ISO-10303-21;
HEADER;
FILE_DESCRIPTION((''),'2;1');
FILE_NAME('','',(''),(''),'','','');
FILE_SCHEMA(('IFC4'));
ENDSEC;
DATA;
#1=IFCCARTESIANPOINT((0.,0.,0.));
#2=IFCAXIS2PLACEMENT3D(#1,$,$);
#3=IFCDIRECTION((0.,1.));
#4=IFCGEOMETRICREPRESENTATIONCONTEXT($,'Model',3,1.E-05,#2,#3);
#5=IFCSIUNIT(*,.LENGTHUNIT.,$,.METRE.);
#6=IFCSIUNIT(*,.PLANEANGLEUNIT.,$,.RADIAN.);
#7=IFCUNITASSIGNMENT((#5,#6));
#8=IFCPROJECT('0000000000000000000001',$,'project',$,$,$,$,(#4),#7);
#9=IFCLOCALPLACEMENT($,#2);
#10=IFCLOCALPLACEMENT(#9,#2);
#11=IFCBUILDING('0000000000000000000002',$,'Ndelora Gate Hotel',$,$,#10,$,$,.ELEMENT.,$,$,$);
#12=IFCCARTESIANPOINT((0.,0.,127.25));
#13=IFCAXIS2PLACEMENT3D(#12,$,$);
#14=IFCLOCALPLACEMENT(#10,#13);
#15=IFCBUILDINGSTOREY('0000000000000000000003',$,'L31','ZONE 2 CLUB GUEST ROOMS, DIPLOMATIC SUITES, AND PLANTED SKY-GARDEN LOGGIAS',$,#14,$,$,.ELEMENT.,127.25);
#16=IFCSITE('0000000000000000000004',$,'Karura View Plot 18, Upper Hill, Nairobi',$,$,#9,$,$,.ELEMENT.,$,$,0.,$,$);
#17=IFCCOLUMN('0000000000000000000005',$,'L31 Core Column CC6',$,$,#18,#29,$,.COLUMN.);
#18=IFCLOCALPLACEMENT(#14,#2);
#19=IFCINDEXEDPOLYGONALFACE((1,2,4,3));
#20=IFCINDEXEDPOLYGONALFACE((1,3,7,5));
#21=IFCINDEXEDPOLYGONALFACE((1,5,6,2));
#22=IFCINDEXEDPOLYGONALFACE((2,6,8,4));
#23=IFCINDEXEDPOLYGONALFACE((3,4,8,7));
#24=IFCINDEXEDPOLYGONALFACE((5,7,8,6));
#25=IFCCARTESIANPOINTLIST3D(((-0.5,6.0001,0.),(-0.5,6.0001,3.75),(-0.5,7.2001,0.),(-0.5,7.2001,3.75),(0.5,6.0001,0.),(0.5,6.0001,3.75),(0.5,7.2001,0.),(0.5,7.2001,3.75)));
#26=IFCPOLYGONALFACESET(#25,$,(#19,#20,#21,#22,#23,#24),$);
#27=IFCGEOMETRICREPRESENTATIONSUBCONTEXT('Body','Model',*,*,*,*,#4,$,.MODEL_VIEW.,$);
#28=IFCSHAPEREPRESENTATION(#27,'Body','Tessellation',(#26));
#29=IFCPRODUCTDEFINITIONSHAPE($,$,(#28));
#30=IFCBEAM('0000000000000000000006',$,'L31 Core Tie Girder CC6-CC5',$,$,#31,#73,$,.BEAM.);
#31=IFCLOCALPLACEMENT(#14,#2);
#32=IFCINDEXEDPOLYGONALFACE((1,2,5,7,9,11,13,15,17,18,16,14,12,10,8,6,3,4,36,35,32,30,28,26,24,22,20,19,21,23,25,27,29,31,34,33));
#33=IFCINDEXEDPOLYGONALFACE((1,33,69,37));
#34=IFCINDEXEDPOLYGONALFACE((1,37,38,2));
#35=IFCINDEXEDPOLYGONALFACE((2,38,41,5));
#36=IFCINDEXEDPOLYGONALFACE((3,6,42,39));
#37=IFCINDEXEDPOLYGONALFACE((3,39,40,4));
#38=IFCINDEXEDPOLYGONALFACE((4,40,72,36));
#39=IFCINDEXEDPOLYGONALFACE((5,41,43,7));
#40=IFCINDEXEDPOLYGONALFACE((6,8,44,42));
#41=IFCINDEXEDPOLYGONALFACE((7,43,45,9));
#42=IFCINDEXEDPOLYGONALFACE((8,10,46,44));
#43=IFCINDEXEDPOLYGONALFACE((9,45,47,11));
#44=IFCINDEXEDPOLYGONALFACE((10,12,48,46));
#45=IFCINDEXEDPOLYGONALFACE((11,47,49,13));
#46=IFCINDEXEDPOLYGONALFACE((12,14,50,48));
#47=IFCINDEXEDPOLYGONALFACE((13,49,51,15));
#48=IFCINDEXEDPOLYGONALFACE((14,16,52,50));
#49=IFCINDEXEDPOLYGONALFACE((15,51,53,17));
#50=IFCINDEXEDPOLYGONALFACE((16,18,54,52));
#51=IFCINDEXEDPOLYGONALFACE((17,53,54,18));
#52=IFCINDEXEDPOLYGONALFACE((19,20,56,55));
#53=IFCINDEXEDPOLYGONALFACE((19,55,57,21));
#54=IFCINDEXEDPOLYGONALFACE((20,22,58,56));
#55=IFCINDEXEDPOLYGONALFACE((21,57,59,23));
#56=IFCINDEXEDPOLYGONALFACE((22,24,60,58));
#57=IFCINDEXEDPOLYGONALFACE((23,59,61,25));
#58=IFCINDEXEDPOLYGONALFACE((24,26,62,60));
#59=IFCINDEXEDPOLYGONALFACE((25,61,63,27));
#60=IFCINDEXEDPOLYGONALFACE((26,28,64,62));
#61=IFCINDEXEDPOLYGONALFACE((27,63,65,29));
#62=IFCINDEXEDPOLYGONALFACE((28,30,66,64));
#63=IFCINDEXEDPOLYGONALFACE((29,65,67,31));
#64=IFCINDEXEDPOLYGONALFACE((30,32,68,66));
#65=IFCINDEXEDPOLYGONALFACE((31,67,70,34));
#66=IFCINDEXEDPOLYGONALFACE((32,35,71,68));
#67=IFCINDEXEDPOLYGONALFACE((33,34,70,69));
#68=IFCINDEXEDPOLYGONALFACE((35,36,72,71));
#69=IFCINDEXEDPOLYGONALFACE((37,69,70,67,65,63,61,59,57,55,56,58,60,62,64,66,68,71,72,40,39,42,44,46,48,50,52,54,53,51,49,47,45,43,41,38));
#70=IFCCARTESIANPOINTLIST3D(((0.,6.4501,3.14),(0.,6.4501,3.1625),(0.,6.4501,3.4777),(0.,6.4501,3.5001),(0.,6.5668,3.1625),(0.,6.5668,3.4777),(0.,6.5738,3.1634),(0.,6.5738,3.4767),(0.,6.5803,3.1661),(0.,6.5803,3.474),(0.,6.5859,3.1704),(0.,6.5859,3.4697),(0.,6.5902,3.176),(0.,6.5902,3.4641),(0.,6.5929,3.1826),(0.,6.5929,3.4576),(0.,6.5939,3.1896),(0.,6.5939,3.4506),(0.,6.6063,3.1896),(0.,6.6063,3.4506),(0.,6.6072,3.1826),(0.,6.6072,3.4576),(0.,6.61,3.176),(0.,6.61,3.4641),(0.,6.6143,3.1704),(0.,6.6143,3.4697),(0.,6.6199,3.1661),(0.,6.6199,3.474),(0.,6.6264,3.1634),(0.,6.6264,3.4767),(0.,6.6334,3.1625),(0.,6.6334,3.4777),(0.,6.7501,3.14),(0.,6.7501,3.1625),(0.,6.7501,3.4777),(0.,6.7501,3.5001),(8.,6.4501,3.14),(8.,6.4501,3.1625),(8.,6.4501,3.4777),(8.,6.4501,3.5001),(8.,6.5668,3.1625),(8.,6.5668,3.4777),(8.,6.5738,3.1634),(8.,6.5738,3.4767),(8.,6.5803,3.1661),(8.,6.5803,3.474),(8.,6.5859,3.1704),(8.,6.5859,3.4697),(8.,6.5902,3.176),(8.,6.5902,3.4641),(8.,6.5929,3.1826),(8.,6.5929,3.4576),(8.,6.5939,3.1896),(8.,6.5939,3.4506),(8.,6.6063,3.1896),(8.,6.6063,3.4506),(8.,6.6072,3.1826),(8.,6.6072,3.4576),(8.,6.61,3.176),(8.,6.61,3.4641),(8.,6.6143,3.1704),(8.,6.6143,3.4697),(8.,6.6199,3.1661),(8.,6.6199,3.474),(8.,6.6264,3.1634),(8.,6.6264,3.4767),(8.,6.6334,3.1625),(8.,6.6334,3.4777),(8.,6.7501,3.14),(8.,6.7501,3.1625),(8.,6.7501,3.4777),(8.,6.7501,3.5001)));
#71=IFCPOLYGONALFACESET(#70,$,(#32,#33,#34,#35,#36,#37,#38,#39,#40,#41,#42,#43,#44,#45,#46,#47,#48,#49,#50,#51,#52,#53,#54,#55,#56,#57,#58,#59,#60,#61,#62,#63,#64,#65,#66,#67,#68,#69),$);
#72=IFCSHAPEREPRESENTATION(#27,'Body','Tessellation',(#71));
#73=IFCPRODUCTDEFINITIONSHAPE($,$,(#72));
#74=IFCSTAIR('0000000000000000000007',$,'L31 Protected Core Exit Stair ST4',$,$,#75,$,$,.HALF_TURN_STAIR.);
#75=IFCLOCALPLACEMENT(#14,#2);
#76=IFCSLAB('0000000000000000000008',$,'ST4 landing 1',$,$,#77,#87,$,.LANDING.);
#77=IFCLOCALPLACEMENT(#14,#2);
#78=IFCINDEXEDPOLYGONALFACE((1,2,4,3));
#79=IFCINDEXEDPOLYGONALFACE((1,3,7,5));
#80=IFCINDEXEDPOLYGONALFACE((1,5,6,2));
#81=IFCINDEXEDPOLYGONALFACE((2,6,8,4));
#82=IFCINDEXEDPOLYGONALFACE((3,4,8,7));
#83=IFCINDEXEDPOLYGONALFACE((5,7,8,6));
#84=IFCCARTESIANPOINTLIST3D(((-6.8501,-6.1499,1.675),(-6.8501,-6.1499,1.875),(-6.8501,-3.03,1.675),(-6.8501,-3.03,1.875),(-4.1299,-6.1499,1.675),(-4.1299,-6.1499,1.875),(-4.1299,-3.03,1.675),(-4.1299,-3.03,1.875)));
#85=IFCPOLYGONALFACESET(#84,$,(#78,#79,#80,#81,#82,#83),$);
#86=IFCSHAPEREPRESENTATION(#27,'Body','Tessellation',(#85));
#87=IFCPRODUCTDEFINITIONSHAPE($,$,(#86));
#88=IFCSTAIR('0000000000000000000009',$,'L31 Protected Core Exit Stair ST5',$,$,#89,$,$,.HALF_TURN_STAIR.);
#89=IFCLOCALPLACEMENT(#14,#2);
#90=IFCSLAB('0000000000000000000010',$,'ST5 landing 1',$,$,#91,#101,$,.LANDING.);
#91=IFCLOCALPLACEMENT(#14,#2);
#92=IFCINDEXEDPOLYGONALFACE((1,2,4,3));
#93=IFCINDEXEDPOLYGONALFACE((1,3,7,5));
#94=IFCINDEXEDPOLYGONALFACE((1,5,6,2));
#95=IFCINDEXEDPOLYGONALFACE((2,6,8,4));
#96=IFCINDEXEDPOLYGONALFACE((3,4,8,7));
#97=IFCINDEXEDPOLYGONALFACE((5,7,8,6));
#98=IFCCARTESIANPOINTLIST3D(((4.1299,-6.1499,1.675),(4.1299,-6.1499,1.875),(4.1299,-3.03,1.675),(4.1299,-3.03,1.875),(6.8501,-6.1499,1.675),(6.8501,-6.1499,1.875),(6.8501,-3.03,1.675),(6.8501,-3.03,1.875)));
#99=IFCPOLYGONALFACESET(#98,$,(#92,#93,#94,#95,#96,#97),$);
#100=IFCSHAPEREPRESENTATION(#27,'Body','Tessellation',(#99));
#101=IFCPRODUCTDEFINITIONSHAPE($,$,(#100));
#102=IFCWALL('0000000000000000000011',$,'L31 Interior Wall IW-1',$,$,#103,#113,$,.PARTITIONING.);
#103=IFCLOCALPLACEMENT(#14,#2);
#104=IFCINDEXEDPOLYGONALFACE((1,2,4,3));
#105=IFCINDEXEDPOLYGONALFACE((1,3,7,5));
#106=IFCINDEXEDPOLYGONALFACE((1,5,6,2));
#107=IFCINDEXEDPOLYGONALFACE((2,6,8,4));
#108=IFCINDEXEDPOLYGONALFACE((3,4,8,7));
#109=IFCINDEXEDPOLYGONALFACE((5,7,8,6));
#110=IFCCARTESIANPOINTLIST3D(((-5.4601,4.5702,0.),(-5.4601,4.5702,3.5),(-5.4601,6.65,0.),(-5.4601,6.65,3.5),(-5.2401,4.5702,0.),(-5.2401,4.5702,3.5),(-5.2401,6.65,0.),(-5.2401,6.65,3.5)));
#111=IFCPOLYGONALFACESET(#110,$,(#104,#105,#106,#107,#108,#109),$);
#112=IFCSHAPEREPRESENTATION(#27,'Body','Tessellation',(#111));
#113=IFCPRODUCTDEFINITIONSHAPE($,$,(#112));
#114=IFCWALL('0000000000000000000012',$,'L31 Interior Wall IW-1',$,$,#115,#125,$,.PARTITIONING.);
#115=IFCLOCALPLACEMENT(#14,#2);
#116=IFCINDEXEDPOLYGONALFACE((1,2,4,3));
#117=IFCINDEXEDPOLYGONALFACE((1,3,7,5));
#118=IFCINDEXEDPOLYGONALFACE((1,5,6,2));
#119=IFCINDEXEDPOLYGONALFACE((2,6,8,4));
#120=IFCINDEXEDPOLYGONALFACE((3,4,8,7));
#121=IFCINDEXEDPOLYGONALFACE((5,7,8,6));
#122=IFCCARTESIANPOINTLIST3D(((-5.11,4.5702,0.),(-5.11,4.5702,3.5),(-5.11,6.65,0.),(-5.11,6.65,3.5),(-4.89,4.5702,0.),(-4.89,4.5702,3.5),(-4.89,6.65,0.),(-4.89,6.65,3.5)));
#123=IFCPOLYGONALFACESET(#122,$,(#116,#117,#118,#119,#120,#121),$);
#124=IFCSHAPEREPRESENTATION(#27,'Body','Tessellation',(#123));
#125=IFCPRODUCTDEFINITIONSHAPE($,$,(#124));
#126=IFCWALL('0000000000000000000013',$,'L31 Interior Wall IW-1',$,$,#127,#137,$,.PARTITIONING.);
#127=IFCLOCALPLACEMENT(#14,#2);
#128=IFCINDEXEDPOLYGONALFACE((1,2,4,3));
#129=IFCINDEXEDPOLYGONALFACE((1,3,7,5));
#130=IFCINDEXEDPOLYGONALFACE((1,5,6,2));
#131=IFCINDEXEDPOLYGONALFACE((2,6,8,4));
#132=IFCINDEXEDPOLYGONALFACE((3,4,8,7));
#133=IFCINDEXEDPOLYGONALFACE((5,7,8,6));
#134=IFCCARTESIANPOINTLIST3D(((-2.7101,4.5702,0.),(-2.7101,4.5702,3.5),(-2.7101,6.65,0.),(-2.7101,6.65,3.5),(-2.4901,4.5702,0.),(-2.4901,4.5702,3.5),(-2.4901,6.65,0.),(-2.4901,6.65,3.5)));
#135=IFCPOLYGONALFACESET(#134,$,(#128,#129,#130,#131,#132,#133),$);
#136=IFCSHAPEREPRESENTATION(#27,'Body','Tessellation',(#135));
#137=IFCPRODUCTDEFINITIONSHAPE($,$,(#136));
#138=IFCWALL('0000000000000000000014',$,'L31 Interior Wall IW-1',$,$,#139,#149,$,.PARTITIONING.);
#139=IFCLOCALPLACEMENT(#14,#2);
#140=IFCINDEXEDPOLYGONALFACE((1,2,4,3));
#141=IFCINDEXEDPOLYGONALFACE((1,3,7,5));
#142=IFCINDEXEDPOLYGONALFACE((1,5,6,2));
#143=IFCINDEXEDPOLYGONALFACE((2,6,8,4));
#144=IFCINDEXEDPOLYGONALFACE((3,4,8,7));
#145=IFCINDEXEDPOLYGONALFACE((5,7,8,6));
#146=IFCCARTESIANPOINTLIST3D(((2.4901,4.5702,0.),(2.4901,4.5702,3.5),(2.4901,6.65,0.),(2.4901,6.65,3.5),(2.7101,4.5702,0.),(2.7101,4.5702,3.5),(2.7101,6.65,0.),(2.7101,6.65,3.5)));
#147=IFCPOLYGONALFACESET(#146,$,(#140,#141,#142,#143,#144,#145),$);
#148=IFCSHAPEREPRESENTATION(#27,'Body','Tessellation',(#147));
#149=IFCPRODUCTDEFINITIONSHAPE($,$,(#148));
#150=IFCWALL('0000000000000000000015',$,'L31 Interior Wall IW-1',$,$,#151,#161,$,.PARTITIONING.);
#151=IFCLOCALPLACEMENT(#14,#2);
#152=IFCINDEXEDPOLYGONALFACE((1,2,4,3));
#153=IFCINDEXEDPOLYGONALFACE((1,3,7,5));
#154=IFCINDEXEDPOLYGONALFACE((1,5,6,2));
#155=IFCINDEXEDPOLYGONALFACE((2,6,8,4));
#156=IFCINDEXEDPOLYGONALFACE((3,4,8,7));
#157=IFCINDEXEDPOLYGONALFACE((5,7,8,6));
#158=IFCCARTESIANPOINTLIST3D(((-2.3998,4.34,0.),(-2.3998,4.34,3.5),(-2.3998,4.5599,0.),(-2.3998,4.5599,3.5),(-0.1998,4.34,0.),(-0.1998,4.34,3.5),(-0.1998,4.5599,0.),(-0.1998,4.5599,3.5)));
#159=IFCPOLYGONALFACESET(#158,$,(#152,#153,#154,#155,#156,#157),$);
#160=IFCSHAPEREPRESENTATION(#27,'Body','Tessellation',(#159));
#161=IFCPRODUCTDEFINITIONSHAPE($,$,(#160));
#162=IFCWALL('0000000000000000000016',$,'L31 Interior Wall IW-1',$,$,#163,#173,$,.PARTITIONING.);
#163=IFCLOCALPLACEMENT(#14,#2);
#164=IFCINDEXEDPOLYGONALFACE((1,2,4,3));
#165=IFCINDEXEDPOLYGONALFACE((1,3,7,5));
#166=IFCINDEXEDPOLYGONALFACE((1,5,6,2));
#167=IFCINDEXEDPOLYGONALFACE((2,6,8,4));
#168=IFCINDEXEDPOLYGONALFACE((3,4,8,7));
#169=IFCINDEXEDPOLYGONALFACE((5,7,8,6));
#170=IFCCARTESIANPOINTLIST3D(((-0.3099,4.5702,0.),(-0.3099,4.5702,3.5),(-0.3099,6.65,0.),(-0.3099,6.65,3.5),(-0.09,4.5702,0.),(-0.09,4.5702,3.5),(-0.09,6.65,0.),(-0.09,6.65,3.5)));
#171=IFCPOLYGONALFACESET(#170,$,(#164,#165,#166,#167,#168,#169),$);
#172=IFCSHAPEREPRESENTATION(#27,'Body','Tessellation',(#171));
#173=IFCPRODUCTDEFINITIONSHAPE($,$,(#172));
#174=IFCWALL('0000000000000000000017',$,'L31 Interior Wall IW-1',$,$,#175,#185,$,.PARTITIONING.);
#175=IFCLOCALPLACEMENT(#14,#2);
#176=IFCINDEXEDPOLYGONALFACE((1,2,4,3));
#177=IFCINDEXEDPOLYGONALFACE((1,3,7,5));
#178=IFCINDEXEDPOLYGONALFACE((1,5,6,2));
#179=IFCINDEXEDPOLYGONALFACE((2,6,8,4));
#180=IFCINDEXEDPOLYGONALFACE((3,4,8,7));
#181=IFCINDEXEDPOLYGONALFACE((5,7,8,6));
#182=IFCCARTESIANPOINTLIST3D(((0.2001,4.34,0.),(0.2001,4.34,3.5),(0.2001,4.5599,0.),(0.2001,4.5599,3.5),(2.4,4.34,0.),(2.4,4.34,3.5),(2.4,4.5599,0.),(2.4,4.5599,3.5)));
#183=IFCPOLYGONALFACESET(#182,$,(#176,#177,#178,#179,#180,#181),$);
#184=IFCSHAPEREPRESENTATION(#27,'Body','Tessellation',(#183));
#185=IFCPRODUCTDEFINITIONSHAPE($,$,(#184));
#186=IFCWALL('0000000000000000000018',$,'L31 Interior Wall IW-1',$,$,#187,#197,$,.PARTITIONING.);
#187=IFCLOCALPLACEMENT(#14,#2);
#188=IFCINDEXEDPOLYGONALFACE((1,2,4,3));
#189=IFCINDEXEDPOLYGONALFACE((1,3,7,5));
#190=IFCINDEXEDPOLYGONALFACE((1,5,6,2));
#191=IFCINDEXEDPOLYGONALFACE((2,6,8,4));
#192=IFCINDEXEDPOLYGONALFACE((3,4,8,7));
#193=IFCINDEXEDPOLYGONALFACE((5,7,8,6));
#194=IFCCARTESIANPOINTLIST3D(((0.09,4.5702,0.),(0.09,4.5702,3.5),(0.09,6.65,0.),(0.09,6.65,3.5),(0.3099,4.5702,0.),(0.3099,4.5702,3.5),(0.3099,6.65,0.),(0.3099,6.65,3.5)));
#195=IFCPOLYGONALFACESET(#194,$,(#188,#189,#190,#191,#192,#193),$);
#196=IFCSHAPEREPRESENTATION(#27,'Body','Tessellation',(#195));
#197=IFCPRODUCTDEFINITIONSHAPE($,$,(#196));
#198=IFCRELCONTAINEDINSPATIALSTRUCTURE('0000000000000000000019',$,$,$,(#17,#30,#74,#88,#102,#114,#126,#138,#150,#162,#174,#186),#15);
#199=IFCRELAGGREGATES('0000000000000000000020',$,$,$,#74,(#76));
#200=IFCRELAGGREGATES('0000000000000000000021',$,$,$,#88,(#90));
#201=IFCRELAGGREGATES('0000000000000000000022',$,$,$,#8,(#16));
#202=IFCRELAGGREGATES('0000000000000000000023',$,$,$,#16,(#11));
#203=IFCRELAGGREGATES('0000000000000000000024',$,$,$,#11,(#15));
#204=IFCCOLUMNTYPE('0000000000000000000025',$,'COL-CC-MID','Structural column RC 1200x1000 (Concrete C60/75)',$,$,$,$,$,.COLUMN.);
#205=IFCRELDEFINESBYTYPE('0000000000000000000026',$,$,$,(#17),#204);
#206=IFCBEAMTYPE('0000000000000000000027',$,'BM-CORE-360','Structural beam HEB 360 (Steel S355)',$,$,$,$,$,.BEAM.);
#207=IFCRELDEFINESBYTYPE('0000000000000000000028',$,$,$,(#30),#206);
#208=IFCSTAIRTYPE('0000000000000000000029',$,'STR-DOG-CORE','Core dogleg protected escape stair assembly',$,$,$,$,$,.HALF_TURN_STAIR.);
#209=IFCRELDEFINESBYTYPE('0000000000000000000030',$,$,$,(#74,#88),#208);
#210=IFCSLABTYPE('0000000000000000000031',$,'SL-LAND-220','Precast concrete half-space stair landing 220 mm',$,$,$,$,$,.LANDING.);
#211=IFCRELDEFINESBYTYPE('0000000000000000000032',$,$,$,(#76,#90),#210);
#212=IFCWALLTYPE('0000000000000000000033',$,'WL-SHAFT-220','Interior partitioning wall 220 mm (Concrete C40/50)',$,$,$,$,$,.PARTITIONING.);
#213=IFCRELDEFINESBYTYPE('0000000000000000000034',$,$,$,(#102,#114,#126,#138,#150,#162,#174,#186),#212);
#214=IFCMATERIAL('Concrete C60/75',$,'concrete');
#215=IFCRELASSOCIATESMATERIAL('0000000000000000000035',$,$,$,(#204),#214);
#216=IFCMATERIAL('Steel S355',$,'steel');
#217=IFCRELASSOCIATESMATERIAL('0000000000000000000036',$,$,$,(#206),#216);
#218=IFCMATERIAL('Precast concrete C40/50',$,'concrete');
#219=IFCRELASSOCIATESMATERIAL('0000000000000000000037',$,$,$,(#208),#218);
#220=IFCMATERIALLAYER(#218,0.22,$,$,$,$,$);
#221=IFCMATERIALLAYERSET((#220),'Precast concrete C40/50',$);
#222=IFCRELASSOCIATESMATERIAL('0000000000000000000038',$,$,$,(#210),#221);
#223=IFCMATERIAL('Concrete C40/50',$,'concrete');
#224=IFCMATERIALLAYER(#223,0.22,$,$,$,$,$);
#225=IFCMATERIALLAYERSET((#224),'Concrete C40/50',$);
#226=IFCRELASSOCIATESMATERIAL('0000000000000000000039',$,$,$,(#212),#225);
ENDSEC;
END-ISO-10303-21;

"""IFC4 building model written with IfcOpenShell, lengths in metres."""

from ifc_helpers import new_model, si_unit, direction, frame, frame_2d, origin, origin_2d, place, context, subcontext, project, spatial, polyline, rectangle, i_section, outline, extrude, material, layer, layer_set, material_profile, profile_set, type_object, element, aggregate, save


model = new_model("IFC4")

# Units and contexts
model_context = context("Model", 3, precision=1e-05, world=origin(), true_north=direction((0.0, 1.0)))
body_context = subcontext(model_context, "Body", "Model", "MODEL_VIEW")
ifc_project = project(units=[si_unit("LENGTHUNIT", "METRE"), si_unit("PLANEANGLEUNIT", "RADIAN")], contexts=[model_context])

# Site, building, storey
site_placement = place(None, origin())
site = spatial("IfcSite", under=ifc_project, at=site_placement, Name="Karura View Plot 18, Upper Hill, Nairobi", CompositionType="ELEMENT", RefElevation=0.0)
building_placement = place(site_placement, origin())
building = spatial("IfcBuilding", under=site, at=building_placement, Name="Ndelora Gate Hotel", CompositionType="ELEMENT")
storey_placement = place(building_placement, frame((0.0, 0.0, 127.25)))
storey = spatial("IfcBuildingStorey", under=building, at=storey_placement, Name="L31", Description="ZONE 2 CLUB GUEST ROOMS, DIPLOMATIC SUITES, AND PLANTED SKY-GARDEN LOGGIAS", CompositionType="ELEMENT", Elevation=127.25)

# Column
ifc_material_1 = material(Name="Concrete C60/75", Category="concrete")
ifc_material_profile_1 = material_profile(ifc_material_1, rectangle(XDim=1.0, YDim=1.2, at=origin_2d()), Name="RC 1200x1000")
ifc_profile_set_1 = profile_set([ifc_material_profile_1], Name="Concrete C60/75")
column_type = type_object("IfcColumnType", Name="COL-CC-MID", Description="Structural column RC 1200x1000 (Concrete C60/75)", PredefinedType="COLUMN", material=ifc_profile_set_1)
column_placement = place(storey_placement, frame((0.0, 6.6001, 0.0), z_axis=(0.0, 0.0, 1.0), x_axis=(1.0, 0.0, 0.0)))
element("IfcColumn", 1, at=column_placement, inside=storey, type_object=column_type, Name="L31 Core Column CC6", PredefinedType="COLUMN", context=body_context, shape_type="SweptSolid", body=[
    extrude(rectangle(XDim=1.0, YDim=1.2, at=origin_2d()), origin(), (0.0, 0.0, 1.0), 3.75),
])

# Beam
ifc_material_2 = material(Name="Steel S355", Category="steel")
ifc_material_profile_2 = material_profile(ifc_material_2, i_section(OverallWidth=0.3, OverallDepth=0.3601, WebThickness=0.0125, FlangeThickness=0.0225, FilletRadius=0.0271, at=origin_2d()), Name="HEB 360")
ifc_profile_set_2 = profile_set([ifc_material_profile_2], Name="Steel S355")
beam_type = type_object("IfcBeamType", Name="BM-CORE-360", Description="Structural beam HEB 360 (Steel S355)", PredefinedType="BEAM", material=ifc_profile_set_2)
beam_placement = place(storey_placement, frame((0.0, 6.6001, 3.3201), z_axis=(1.0, 0.0, 0.0), x_axis=(0.0, 1.0, 0.0)))
element("IfcBeam", 2, at=beam_placement, inside=storey, type_object=beam_type, Name="L31 Core Tie Girder CC6-CC5", PredefinedType="BEAM", context=body_context, shape_type="SweptSolid", body=[
    extrude(i_section(OverallWidth=0.3, OverallDepth=0.3601, WebThickness=0.0125, FlangeThickness=0.0225, FilletRadius=0.0271, at=origin_2d()), origin(), (0.0, 0.0, 1.0), 8.0),
])

# Stairs, slabs
ifc_material_3 = material(Name="Precast concrete C40/50", Category="concrete")
stair_type = type_object("IfcStairType", Name="STR-DOG-CORE", Description="Core dogleg protected escape stair assembly", PredefinedType="HALF_TURN_STAIR", material=ifc_material_3)
stair_1_placement = place(storey_placement, origin())
stair_1 = element("IfcStair", 3, at=stair_1_placement, inside=storey, type_object=stair_type, Name="L31 Protected Core Exit Stair ST4", PredefinedType="HALF_TURN_STAIR")
ifc_layer_1 = layer(ifc_material_3, 0.22)
ifc_layer_set_1 = layer_set([ifc_layer_1], Name="Precast concrete C40/50")
slab_type = type_object("IfcSlabType", Name="SL-LAND-220", Description="Precast concrete half-space stair landing 220 mm", PredefinedType="LANDING", material=ifc_layer_set_1)
slab_1_placement = place(storey_placement, frame((0.0, 0.0, 1.675)))
slab_1 = element("IfcSlab", 4, at=slab_1_placement, type_object=slab_type, Name="ST4 landing 1", PredefinedType="LANDING", context=body_context, shape_type="SweptSolid", body=[
    extrude(outline(polyline([(-6.8501, -3.03), (-6.8501, -6.1499), (-4.1299, -6.1499), (-4.1299, -3.03), (-6.8501, -3.03)])), origin(), (0.0, 0.0, 1.0), 0.2),
])
aggregate(stair_1, [slab_1])
stair_2_placement = place(storey_placement, origin())
stair_2 = element("IfcStair", 5, at=stair_2_placement, inside=storey, type_object=stair_type, Name="L31 Protected Core Exit Stair ST5", PredefinedType="HALF_TURN_STAIR")
slab_2_placement = place(storey_placement, frame((0.0, 0.0, 1.675)))
slab_2 = element("IfcSlab", 6, at=slab_2_placement, type_object=slab_type, Name="ST5 landing 1", PredefinedType="LANDING", context=body_context, shape_type="SweptSolid", body=[
    extrude(outline(polyline([(4.1299, -3.03), (4.1299, -6.1499), (6.8501, -6.1499), (6.8501, -3.03), (4.1299, -3.03)])), origin(), (0.0, 0.0, 1.0), 0.2),
])
aggregate(stair_2, [slab_2])

# Shared definitions
ifc_material_4 = material(Name="Concrete C40/50", Category="concrete")

# Wall
ifc_layer_2 = layer(ifc_material_4, 0.22)
ifc_layer_set_2 = layer_set([ifc_layer_2], Name="Concrete C40/50")
wall_type_1 = type_object("IfcWallType", Name="WL-SHAFT-220", Description="Interior partitioning wall 220 mm (Concrete C40/50)", PredefinedType="PARTITIONING", material=ifc_layer_set_2)
wall_1_placement = place(storey_placement, frame((-5.3501, 4.5701, 0.0), z_axis=(0.0, 0.0, 1.0), x_axis=(0.0, 1.0, 0.0)))
element("IfcWall", 7, at=wall_1_placement, inside=storey, type_object=wall_type_1, Name="L31 Interior Wall IW-1", PredefinedType="PARTITIONING", context=body_context, shape_type="SweptSolid", body=[
    extrude(rectangle(XDim=2.0798, YDim=0.22, at=frame_2d((1.04, 0.0))), origin(), (0.0, 0.0, 1.0), 3.5),
])

# Walls
for number, where, z_axis, x_axis, name in (
    (8, (-5.0, 4.5701, 0.0), (0.0, 0.0, 1.0), (0.0, 1.0, 0.0), "L31 Interior Wall IW-1"),
    (9, (-2.6001, 4.5701, 0.0), (0.0, 0.0, 1.0), (0.0, 1.0, 0.0), "L31 Interior Wall IW-1"),
):
    element("IfcWall", number, at=place(storey_placement, frame(where, z_axis=z_axis, x_axis=x_axis)), inside=storey, type_object=wall_type_1, Name=name, PredefinedType="PARTITIONING", context=body_context, shape_type="SweptSolid", body=[
        extrude(rectangle(XDim=2.0798, YDim=0.22, at=frame_2d((1.04, 0.0))), origin(), (0.0, 0.0, 1.0), 3.5),
    ])

# Walls
wall_2_placement = place(storey_placement, frame((2.6001, 4.5701, 0.0), z_axis=(0.0, 0.0, 1.0), x_axis=(0.0, 1.0, 0.0)))
element("IfcWall", 10, at=wall_2_placement, inside=storey, type_object=wall_type_1, Name="L31 Interior Wall IW-1", PredefinedType="PARTITIONING", context=body_context, shape_type="SweptSolid", body=[
    extrude(rectangle(XDim=2.0798, YDim=0.22, at=frame_2d((1.04, 0.0))), origin(), (0.0, 0.0, 1.0), 3.5),
])
wall_3_placement = place(storey_placement, frame((-2.3999, 4.45, 0.0), z_axis=(0.0, 0.0, 1.0), x_axis=(1.0, 0.0, 0.0)))
element("IfcWall", 11, at=wall_3_placement, inside=storey, type_object=wall_type_1, Name="L31 Interior Wall IW-1", PredefinedType="PARTITIONING", context=body_context, shape_type="SweptSolid", body=[
    extrude(rectangle(XDim=2.2, YDim=0.22, at=frame_2d((1.1001, 0.0))), origin(), (0.0, 0.0, 1.0), 3.5),
])
wall_4_placement = place(storey_placement, frame((-0.2, 4.5701, 0.0), z_axis=(0.0, 0.0, 1.0), x_axis=(0.0, 1.0, 0.0)))
element("IfcWall", 12, at=wall_4_placement, inside=storey, type_object=wall_type_1, Name="L31 Interior Wall IW-1", PredefinedType="PARTITIONING", context=body_context, shape_type="SweptSolid", body=[
    extrude(rectangle(XDim=2.0798, YDim=0.22, at=frame_2d((1.04, 0.0))), origin(), (0.0, 0.0, 1.0), 3.5),
])
wall_5_placement = place(storey_placement, frame((0.2, 4.45, 0.0), z_axis=(0.0, 0.0, 1.0), x_axis=(1.0, 0.0, 0.0)))
element("IfcWall", 13, at=wall_5_placement, inside=storey, type_object=wall_type_1, Name="L31 Interior Wall IW-1", PredefinedType="PARTITIONING", context=body_context, shape_type="SweptSolid", body=[
    extrude(rectangle(XDim=2.2, YDim=0.22, at=frame_2d((1.1001, 0.0))), origin(), (0.0, 0.0, 1.0), 3.5),
])
wall_6_placement = place(storey_placement, frame((0.2, 4.5701, 0.0), z_axis=(0.0, 0.0, 1.0), x_axis=(0.0, 1.0, 0.0)))
element("IfcWall", 14, at=wall_6_placement, inside=storey, type_object=wall_type_1, Name="L31 Interior Wall IW-1", PredefinedType="PARTITIONING", context=body_context, shape_type="SweptSolid", body=[
    extrude(rectangle(XDim=2.0798, YDim=0.22, at=frame_2d((1.04, 0.0))), origin(), (0.0, 0.0, 1.0), 3.5),
])

save(model, "model.ifc")
